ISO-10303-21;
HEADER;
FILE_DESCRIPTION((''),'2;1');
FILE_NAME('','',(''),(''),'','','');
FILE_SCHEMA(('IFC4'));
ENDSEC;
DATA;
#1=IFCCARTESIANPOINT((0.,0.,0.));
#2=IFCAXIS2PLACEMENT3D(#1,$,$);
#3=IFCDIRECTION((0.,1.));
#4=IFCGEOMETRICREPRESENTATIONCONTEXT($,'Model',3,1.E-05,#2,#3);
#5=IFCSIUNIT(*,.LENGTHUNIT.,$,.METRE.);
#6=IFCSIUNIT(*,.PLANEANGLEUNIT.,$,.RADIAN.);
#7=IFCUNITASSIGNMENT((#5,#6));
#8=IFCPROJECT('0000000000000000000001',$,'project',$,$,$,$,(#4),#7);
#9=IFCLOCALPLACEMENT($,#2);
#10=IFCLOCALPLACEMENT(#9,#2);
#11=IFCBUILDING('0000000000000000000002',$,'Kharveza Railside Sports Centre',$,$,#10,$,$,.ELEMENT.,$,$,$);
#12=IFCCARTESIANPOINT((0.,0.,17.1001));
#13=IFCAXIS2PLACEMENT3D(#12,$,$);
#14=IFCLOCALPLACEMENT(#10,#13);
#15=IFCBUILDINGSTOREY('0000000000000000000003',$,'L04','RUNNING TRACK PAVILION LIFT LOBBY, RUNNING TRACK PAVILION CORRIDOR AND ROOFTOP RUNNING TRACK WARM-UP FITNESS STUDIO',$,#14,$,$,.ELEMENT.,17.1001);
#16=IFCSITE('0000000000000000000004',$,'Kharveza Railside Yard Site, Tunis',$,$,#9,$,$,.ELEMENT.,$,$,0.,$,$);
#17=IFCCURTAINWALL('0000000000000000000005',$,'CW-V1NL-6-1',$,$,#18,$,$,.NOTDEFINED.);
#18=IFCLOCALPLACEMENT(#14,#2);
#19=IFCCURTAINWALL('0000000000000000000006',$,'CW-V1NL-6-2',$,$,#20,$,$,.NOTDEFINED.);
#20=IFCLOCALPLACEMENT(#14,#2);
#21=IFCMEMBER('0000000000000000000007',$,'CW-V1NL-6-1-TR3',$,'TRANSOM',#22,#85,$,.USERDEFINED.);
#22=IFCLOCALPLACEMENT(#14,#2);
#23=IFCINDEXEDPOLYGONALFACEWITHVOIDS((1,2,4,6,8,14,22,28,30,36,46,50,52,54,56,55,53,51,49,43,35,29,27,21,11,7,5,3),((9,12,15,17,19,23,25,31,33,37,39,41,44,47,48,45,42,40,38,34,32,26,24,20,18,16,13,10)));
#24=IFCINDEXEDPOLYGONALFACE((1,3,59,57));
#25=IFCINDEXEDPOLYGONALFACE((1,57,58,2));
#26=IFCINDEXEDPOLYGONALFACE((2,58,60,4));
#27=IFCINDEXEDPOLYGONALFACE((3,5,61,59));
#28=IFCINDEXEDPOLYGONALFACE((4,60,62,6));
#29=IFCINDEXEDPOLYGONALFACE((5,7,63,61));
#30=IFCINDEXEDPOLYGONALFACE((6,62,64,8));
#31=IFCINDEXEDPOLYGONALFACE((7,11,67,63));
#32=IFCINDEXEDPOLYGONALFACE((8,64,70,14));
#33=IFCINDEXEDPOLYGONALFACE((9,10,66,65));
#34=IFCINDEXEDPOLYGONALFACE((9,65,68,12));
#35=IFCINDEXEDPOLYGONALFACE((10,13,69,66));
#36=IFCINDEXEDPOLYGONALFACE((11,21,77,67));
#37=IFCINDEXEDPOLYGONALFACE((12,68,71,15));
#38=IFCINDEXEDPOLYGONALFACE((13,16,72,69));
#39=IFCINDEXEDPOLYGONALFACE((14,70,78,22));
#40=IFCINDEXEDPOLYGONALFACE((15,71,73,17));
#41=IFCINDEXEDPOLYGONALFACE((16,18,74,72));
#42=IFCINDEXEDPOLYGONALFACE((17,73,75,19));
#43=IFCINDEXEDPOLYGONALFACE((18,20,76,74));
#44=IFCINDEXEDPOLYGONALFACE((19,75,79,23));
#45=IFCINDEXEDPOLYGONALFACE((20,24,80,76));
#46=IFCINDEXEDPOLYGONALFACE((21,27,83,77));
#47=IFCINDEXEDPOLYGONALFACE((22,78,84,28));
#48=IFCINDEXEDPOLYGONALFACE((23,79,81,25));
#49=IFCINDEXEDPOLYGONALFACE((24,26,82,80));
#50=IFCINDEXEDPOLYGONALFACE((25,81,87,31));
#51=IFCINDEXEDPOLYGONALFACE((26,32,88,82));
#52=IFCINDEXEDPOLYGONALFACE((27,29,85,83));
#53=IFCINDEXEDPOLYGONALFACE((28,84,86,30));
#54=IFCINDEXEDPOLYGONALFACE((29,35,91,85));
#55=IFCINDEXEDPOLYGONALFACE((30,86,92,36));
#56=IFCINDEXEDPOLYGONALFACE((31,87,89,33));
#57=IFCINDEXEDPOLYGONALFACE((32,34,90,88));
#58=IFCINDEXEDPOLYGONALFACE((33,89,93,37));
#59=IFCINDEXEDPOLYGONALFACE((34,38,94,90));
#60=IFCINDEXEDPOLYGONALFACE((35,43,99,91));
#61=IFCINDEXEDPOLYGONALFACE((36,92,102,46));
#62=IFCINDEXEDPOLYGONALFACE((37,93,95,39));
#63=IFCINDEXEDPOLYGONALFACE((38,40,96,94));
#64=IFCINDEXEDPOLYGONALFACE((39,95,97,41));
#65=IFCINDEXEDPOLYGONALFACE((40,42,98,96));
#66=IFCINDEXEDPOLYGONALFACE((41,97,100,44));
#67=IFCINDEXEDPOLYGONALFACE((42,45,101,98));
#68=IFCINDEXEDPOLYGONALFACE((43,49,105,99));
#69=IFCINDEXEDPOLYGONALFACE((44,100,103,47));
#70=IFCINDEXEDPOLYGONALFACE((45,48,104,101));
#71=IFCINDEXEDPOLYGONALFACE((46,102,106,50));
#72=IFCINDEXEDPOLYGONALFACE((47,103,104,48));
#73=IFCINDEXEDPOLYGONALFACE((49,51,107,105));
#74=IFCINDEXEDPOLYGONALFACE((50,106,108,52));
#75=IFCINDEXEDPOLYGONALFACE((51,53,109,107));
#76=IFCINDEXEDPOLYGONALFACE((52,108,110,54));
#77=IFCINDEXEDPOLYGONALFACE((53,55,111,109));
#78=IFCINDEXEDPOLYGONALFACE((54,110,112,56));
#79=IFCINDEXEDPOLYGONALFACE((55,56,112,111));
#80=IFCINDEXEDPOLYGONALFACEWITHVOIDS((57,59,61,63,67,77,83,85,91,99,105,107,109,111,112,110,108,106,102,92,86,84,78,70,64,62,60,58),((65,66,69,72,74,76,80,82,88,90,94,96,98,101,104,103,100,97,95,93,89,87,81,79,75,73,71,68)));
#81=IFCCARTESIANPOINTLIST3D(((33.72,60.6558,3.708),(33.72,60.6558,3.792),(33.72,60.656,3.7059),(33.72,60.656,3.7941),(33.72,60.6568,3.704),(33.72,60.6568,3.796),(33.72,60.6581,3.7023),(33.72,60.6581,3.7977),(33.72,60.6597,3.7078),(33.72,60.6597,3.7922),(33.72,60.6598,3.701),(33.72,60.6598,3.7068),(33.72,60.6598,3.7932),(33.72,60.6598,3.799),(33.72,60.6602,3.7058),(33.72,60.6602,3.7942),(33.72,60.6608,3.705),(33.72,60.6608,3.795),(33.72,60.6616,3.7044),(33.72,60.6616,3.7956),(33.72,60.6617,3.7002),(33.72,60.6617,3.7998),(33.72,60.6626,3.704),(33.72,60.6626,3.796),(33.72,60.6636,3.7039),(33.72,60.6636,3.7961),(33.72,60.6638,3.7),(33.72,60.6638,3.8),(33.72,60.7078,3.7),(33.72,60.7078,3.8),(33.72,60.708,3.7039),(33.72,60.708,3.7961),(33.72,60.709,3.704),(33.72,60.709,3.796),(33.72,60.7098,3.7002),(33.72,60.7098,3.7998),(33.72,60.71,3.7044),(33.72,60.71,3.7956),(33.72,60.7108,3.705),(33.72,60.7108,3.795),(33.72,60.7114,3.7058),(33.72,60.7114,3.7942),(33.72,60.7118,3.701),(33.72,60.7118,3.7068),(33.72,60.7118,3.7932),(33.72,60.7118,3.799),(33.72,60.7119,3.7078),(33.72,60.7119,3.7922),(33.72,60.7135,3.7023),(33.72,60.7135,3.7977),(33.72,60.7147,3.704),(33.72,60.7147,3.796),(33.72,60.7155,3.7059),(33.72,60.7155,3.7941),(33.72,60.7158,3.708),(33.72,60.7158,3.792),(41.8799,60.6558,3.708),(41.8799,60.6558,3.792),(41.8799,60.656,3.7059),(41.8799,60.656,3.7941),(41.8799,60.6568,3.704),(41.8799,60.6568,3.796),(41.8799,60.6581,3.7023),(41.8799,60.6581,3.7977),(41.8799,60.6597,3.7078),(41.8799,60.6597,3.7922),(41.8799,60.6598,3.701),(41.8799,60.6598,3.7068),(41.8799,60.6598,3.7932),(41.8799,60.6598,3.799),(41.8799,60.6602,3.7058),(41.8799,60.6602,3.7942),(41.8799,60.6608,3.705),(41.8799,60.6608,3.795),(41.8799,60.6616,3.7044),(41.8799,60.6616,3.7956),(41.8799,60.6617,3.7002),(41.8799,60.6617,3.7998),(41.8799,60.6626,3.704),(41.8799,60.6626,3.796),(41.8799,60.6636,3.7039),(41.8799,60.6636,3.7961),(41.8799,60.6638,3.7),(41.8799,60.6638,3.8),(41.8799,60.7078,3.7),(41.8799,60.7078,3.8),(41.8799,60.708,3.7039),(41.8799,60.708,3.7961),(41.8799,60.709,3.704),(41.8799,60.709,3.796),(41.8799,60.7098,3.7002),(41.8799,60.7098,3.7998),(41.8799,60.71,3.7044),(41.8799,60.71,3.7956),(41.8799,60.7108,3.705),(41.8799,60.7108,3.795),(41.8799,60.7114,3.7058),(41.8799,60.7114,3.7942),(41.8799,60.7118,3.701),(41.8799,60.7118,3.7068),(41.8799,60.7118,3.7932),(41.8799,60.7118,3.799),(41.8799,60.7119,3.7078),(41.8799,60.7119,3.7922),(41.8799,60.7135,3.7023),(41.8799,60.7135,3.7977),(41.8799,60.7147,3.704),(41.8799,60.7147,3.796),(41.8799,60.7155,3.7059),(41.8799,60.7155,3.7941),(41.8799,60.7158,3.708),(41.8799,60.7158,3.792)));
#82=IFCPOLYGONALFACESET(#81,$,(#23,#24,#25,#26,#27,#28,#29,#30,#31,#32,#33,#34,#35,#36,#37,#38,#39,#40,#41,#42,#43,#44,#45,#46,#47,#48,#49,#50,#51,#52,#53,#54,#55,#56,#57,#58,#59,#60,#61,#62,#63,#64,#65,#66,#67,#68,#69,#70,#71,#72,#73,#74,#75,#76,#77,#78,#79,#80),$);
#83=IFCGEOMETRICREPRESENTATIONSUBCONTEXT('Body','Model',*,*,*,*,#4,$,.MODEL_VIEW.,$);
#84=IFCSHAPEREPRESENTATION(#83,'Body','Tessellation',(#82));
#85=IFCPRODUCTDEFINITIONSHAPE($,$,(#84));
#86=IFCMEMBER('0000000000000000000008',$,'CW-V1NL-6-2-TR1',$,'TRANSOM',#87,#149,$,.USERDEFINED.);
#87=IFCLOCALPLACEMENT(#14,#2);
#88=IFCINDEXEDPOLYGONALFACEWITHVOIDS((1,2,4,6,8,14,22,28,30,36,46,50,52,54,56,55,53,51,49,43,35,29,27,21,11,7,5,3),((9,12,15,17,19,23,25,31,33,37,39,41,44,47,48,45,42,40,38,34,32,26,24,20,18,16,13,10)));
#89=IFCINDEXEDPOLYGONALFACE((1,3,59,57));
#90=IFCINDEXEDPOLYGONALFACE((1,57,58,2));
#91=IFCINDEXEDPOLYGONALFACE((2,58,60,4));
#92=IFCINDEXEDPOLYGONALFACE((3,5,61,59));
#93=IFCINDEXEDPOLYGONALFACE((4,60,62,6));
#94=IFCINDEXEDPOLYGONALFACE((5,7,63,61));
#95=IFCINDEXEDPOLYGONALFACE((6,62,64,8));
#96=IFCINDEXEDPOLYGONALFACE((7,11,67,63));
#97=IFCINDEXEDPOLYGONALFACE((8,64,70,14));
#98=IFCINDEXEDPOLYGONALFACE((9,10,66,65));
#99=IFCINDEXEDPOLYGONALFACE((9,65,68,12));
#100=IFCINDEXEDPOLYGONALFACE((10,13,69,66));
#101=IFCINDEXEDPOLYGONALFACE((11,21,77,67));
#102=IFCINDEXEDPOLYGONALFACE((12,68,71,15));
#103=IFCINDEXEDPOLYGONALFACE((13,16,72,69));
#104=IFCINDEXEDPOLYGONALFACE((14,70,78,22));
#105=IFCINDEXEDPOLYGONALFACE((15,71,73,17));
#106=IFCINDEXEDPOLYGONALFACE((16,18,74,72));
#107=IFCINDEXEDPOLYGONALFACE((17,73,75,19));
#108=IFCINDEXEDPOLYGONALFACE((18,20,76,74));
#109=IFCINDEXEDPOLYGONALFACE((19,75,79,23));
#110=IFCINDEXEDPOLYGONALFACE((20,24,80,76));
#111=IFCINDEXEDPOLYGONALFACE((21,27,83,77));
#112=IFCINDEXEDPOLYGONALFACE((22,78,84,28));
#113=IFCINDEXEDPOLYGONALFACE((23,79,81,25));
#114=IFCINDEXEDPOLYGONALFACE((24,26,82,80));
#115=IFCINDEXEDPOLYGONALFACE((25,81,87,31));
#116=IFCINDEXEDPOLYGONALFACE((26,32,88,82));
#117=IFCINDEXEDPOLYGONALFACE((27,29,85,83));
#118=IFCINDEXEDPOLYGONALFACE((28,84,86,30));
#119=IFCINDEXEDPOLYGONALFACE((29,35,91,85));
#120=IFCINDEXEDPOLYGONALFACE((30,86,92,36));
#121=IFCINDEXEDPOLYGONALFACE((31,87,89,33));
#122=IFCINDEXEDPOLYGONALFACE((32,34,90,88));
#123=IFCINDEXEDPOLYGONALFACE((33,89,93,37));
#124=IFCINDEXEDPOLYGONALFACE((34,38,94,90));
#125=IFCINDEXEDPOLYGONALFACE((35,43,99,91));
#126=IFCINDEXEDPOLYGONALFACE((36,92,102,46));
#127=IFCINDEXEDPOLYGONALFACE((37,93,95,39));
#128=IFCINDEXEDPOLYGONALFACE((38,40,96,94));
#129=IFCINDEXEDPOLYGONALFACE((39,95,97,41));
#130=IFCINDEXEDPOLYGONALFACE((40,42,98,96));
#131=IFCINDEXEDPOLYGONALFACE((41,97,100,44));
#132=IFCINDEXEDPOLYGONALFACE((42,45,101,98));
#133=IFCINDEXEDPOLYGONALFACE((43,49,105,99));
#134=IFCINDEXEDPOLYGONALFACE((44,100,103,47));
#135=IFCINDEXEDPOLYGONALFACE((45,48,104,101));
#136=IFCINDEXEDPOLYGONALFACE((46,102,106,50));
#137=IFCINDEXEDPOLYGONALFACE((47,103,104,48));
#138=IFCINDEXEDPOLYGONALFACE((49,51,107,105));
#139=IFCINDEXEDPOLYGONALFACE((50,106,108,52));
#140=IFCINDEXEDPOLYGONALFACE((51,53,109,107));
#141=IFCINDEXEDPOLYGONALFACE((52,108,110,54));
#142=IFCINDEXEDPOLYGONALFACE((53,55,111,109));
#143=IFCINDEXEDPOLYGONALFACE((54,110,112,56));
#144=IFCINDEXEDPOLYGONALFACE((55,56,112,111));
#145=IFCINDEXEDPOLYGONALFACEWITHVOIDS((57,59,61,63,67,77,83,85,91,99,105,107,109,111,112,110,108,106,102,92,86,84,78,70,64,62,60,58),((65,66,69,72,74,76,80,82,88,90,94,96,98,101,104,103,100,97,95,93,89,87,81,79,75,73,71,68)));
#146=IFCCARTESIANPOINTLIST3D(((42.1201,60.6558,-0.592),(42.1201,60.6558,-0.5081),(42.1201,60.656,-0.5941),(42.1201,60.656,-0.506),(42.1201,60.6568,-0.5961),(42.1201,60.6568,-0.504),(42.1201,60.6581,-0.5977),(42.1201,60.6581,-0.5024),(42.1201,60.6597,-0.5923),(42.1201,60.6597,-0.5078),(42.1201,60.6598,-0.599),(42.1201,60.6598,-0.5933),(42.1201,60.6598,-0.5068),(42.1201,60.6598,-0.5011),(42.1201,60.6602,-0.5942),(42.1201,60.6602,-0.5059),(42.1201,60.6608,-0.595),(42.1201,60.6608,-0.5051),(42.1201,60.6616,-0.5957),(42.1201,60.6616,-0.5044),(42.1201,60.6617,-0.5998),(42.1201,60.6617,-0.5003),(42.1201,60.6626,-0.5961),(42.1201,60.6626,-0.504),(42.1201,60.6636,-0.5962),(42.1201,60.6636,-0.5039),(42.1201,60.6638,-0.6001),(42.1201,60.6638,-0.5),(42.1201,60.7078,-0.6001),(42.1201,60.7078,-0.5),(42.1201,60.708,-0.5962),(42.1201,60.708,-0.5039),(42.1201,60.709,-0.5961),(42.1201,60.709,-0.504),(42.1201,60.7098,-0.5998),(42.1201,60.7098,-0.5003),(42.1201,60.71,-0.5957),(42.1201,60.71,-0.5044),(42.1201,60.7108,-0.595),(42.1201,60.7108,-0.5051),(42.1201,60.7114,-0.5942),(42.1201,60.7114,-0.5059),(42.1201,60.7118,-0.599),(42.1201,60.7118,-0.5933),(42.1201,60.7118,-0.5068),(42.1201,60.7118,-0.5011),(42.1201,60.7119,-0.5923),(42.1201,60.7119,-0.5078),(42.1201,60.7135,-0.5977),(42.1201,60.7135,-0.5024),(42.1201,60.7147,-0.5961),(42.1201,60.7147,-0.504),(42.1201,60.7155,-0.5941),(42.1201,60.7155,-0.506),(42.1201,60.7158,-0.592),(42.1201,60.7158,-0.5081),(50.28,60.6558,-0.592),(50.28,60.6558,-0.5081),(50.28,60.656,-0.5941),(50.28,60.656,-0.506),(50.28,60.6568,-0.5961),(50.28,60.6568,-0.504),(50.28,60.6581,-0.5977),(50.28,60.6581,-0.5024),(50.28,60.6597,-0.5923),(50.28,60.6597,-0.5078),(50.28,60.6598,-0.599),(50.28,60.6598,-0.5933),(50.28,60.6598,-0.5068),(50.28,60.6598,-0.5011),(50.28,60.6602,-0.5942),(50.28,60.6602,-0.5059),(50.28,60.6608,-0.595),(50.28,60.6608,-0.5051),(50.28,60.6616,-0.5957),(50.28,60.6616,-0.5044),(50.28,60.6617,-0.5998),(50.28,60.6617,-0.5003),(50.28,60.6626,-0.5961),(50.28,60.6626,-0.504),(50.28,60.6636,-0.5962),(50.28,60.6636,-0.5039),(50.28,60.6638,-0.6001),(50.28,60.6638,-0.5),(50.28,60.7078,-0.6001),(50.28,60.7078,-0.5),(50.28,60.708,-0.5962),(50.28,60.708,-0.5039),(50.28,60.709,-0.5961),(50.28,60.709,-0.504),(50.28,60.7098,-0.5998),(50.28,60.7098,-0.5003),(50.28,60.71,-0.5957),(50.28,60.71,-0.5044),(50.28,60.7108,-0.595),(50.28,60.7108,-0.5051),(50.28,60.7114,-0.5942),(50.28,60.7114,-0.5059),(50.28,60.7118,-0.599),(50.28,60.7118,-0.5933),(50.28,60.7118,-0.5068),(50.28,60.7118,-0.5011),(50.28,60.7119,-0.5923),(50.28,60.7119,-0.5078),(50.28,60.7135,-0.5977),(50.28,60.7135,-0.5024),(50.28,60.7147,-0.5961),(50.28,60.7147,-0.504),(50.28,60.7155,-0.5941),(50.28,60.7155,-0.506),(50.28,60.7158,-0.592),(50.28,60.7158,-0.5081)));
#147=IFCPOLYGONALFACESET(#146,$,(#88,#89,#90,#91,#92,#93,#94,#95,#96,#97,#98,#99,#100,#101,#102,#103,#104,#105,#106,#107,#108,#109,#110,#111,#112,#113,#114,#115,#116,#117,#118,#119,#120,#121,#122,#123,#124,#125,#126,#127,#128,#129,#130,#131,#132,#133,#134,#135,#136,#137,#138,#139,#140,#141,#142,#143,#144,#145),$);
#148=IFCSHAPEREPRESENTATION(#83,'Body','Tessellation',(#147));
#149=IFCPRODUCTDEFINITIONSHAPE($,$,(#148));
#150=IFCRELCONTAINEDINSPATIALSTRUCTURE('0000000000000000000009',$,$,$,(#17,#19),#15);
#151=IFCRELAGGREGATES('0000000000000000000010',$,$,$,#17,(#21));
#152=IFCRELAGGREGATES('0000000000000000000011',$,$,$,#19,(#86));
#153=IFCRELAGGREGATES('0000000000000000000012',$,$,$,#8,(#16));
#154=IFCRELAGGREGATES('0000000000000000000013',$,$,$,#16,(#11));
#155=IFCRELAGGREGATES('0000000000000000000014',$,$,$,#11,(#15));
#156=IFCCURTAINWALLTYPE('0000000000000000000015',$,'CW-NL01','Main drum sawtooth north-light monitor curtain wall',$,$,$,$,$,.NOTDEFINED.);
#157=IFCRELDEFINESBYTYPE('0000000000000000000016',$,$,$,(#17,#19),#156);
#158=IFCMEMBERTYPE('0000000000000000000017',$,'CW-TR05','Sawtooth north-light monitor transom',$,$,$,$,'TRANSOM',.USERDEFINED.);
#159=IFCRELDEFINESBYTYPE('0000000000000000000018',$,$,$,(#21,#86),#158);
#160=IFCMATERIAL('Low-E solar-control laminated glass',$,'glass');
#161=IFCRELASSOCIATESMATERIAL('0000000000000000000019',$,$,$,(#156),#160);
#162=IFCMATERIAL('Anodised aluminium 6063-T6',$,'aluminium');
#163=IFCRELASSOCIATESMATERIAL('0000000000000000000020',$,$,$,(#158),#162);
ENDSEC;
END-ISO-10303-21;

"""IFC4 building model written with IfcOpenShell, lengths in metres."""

from ifc_helpers import new_model, si_unit, direction, frame, origin, origin_2d, place, context, subcontext, project, spatial, hollow_rectangle, extrude, material, material_profile, profile_set, type_object, element, aggregate, save


model = new_model("IFC4")

# Units and contexts
model_context = context("Model", 3, precision=1e-05, world=origin(), true_north=direction((0.0, 1.0)))
body_context = subcontext(model_context, "Body", "Model", "MODEL_VIEW")
ifc_project = project(units=[si_unit("LENGTHUNIT", "METRE"), si_unit("PLANEANGLEUNIT", "RADIAN")], contexts=[model_context])

# Site, building, storey
site_placement = place(None, origin())
site = spatial("IfcSite", under=ifc_project, at=site_placement, Name="Kharveza Railside Yard Site, Tunis", CompositionType="ELEMENT", RefElevation=0.0)
building_placement = place(site_placement, origin())
building = spatial("IfcBuilding", under=site, at=building_placement, Name="Kharveza Railside Sports Centre", CompositionType="ELEMENT")
storey_placement = place(building_placement, frame((0.0, 0.0, 17.1001)))
storey = spatial("IfcBuildingStorey", under=building, at=storey_placement, Name="L04", Description="RUNNING TRACK PAVILION LIFT LOBBY, RUNNING TRACK PAVILION CORRIDOR AND ROOFTOP RUNNING TRACK WARM-UP FITNESS STUDIO", CompositionType="ELEMENT", Elevation=17.1001)

# Curtain walls
ifc_material_1 = material(Name="Low-E solar-control laminated glass", Category="glass")
curtain_wall_type = type_object("IfcCurtainWallType", Name="CW-NL01", Description="Main drum sawtooth north-light monitor curtain wall", PredefinedType="NOTDEFINED", material=ifc_material_1)
curtain_wall_1_placement = place(storey_placement, origin())
curtain_wall_1 = element("IfcCurtainWall", 1, at=curtain_wall_1_placement, inside=storey, type_object=curtain_wall_type, Name="CW-V1NL-6-1", PredefinedType="NOTDEFINED")
ifc_material_2 = material(Name="Anodised aluminium 6063-T6", Category="aluminium")
curtain_wall_2_placement = place(storey_placement, origin())
curtain_wall_2 = element("IfcCurtainWall", 2, at=curtain_wall_2_placement, inside=storey, type_object=curtain_wall_type, Name="CW-V1NL-6-2", PredefinedType="NOTDEFINED")

# Members
ifc_material_profile_1 = material_profile(ifc_material_2, hollow_rectangle(XDim=0.0601, YDim=0.1001, WallThickness=0.0039, InnerFilletRadius=0.0039, OuterFilletRadius=0.0081, at=origin_2d()), Name="RHS 60x100x4.0")
ifc_profile_set_1 = profile_set([ifc_material_profile_1], Name="Anodised aluminium 6063-T6")
member_type_1 = type_object("IfcMemberType", Name="CW-TR05", Description="Sawtooth north-light monitor transom", ElementType="TRANSOM", PredefinedType="USERDEFINED", material=ifc_profile_set_1)
member_1_placement = place(storey_placement, frame((33.72, 60.6858, 3.75), z_axis=(1.0, 0.0, 0.0), x_axis=(0.0, 1.0, 0.0)))
member_1 = element("IfcMember", 3, at=member_1_placement, type_object=member_type_1, Name="CW-V1NL-6-1-TR3", ObjectType="TRANSOM", PredefinedType="USERDEFINED", context=body_context, shape_type="SweptSolid", body=[
    extrude(hollow_rectangle(XDim=0.0601, YDim=0.1001, WallThickness=0.0039, InnerFilletRadius=0.0039, OuterFilletRadius=0.0081, at=origin_2d()), origin(), (0.0, 0.0, 1.0), 8.1599),
])
member_2_placement = place(storey_placement, frame((42.1201, 60.6858, -0.55), z_axis=(1.0, 0.0, 0.0), x_axis=(0.0, 1.0, 0.0)))
member_2 = element("IfcMember", 4, at=member_2_placement, type_object=member_type_1, Name="CW-V1NL-6-2-TR1", ObjectType="TRANSOM", PredefinedType="USERDEFINED", context=body_context, shape_type="SweptSolid", body=[
    extrude(hollow_rectangle(XDim=0.0601, YDim=0.1001, WallThickness=0.0039, InnerFilletRadius=0.0039, OuterFilletRadius=0.0081, at=origin_2d()), origin(), (0.0, 0.0, 1.0), 8.1599),
])

aggregate(curtain_wall_1, [member_1])
aggregate(curtain_wall_2, [member_2])

save(model, "model.ifc")
